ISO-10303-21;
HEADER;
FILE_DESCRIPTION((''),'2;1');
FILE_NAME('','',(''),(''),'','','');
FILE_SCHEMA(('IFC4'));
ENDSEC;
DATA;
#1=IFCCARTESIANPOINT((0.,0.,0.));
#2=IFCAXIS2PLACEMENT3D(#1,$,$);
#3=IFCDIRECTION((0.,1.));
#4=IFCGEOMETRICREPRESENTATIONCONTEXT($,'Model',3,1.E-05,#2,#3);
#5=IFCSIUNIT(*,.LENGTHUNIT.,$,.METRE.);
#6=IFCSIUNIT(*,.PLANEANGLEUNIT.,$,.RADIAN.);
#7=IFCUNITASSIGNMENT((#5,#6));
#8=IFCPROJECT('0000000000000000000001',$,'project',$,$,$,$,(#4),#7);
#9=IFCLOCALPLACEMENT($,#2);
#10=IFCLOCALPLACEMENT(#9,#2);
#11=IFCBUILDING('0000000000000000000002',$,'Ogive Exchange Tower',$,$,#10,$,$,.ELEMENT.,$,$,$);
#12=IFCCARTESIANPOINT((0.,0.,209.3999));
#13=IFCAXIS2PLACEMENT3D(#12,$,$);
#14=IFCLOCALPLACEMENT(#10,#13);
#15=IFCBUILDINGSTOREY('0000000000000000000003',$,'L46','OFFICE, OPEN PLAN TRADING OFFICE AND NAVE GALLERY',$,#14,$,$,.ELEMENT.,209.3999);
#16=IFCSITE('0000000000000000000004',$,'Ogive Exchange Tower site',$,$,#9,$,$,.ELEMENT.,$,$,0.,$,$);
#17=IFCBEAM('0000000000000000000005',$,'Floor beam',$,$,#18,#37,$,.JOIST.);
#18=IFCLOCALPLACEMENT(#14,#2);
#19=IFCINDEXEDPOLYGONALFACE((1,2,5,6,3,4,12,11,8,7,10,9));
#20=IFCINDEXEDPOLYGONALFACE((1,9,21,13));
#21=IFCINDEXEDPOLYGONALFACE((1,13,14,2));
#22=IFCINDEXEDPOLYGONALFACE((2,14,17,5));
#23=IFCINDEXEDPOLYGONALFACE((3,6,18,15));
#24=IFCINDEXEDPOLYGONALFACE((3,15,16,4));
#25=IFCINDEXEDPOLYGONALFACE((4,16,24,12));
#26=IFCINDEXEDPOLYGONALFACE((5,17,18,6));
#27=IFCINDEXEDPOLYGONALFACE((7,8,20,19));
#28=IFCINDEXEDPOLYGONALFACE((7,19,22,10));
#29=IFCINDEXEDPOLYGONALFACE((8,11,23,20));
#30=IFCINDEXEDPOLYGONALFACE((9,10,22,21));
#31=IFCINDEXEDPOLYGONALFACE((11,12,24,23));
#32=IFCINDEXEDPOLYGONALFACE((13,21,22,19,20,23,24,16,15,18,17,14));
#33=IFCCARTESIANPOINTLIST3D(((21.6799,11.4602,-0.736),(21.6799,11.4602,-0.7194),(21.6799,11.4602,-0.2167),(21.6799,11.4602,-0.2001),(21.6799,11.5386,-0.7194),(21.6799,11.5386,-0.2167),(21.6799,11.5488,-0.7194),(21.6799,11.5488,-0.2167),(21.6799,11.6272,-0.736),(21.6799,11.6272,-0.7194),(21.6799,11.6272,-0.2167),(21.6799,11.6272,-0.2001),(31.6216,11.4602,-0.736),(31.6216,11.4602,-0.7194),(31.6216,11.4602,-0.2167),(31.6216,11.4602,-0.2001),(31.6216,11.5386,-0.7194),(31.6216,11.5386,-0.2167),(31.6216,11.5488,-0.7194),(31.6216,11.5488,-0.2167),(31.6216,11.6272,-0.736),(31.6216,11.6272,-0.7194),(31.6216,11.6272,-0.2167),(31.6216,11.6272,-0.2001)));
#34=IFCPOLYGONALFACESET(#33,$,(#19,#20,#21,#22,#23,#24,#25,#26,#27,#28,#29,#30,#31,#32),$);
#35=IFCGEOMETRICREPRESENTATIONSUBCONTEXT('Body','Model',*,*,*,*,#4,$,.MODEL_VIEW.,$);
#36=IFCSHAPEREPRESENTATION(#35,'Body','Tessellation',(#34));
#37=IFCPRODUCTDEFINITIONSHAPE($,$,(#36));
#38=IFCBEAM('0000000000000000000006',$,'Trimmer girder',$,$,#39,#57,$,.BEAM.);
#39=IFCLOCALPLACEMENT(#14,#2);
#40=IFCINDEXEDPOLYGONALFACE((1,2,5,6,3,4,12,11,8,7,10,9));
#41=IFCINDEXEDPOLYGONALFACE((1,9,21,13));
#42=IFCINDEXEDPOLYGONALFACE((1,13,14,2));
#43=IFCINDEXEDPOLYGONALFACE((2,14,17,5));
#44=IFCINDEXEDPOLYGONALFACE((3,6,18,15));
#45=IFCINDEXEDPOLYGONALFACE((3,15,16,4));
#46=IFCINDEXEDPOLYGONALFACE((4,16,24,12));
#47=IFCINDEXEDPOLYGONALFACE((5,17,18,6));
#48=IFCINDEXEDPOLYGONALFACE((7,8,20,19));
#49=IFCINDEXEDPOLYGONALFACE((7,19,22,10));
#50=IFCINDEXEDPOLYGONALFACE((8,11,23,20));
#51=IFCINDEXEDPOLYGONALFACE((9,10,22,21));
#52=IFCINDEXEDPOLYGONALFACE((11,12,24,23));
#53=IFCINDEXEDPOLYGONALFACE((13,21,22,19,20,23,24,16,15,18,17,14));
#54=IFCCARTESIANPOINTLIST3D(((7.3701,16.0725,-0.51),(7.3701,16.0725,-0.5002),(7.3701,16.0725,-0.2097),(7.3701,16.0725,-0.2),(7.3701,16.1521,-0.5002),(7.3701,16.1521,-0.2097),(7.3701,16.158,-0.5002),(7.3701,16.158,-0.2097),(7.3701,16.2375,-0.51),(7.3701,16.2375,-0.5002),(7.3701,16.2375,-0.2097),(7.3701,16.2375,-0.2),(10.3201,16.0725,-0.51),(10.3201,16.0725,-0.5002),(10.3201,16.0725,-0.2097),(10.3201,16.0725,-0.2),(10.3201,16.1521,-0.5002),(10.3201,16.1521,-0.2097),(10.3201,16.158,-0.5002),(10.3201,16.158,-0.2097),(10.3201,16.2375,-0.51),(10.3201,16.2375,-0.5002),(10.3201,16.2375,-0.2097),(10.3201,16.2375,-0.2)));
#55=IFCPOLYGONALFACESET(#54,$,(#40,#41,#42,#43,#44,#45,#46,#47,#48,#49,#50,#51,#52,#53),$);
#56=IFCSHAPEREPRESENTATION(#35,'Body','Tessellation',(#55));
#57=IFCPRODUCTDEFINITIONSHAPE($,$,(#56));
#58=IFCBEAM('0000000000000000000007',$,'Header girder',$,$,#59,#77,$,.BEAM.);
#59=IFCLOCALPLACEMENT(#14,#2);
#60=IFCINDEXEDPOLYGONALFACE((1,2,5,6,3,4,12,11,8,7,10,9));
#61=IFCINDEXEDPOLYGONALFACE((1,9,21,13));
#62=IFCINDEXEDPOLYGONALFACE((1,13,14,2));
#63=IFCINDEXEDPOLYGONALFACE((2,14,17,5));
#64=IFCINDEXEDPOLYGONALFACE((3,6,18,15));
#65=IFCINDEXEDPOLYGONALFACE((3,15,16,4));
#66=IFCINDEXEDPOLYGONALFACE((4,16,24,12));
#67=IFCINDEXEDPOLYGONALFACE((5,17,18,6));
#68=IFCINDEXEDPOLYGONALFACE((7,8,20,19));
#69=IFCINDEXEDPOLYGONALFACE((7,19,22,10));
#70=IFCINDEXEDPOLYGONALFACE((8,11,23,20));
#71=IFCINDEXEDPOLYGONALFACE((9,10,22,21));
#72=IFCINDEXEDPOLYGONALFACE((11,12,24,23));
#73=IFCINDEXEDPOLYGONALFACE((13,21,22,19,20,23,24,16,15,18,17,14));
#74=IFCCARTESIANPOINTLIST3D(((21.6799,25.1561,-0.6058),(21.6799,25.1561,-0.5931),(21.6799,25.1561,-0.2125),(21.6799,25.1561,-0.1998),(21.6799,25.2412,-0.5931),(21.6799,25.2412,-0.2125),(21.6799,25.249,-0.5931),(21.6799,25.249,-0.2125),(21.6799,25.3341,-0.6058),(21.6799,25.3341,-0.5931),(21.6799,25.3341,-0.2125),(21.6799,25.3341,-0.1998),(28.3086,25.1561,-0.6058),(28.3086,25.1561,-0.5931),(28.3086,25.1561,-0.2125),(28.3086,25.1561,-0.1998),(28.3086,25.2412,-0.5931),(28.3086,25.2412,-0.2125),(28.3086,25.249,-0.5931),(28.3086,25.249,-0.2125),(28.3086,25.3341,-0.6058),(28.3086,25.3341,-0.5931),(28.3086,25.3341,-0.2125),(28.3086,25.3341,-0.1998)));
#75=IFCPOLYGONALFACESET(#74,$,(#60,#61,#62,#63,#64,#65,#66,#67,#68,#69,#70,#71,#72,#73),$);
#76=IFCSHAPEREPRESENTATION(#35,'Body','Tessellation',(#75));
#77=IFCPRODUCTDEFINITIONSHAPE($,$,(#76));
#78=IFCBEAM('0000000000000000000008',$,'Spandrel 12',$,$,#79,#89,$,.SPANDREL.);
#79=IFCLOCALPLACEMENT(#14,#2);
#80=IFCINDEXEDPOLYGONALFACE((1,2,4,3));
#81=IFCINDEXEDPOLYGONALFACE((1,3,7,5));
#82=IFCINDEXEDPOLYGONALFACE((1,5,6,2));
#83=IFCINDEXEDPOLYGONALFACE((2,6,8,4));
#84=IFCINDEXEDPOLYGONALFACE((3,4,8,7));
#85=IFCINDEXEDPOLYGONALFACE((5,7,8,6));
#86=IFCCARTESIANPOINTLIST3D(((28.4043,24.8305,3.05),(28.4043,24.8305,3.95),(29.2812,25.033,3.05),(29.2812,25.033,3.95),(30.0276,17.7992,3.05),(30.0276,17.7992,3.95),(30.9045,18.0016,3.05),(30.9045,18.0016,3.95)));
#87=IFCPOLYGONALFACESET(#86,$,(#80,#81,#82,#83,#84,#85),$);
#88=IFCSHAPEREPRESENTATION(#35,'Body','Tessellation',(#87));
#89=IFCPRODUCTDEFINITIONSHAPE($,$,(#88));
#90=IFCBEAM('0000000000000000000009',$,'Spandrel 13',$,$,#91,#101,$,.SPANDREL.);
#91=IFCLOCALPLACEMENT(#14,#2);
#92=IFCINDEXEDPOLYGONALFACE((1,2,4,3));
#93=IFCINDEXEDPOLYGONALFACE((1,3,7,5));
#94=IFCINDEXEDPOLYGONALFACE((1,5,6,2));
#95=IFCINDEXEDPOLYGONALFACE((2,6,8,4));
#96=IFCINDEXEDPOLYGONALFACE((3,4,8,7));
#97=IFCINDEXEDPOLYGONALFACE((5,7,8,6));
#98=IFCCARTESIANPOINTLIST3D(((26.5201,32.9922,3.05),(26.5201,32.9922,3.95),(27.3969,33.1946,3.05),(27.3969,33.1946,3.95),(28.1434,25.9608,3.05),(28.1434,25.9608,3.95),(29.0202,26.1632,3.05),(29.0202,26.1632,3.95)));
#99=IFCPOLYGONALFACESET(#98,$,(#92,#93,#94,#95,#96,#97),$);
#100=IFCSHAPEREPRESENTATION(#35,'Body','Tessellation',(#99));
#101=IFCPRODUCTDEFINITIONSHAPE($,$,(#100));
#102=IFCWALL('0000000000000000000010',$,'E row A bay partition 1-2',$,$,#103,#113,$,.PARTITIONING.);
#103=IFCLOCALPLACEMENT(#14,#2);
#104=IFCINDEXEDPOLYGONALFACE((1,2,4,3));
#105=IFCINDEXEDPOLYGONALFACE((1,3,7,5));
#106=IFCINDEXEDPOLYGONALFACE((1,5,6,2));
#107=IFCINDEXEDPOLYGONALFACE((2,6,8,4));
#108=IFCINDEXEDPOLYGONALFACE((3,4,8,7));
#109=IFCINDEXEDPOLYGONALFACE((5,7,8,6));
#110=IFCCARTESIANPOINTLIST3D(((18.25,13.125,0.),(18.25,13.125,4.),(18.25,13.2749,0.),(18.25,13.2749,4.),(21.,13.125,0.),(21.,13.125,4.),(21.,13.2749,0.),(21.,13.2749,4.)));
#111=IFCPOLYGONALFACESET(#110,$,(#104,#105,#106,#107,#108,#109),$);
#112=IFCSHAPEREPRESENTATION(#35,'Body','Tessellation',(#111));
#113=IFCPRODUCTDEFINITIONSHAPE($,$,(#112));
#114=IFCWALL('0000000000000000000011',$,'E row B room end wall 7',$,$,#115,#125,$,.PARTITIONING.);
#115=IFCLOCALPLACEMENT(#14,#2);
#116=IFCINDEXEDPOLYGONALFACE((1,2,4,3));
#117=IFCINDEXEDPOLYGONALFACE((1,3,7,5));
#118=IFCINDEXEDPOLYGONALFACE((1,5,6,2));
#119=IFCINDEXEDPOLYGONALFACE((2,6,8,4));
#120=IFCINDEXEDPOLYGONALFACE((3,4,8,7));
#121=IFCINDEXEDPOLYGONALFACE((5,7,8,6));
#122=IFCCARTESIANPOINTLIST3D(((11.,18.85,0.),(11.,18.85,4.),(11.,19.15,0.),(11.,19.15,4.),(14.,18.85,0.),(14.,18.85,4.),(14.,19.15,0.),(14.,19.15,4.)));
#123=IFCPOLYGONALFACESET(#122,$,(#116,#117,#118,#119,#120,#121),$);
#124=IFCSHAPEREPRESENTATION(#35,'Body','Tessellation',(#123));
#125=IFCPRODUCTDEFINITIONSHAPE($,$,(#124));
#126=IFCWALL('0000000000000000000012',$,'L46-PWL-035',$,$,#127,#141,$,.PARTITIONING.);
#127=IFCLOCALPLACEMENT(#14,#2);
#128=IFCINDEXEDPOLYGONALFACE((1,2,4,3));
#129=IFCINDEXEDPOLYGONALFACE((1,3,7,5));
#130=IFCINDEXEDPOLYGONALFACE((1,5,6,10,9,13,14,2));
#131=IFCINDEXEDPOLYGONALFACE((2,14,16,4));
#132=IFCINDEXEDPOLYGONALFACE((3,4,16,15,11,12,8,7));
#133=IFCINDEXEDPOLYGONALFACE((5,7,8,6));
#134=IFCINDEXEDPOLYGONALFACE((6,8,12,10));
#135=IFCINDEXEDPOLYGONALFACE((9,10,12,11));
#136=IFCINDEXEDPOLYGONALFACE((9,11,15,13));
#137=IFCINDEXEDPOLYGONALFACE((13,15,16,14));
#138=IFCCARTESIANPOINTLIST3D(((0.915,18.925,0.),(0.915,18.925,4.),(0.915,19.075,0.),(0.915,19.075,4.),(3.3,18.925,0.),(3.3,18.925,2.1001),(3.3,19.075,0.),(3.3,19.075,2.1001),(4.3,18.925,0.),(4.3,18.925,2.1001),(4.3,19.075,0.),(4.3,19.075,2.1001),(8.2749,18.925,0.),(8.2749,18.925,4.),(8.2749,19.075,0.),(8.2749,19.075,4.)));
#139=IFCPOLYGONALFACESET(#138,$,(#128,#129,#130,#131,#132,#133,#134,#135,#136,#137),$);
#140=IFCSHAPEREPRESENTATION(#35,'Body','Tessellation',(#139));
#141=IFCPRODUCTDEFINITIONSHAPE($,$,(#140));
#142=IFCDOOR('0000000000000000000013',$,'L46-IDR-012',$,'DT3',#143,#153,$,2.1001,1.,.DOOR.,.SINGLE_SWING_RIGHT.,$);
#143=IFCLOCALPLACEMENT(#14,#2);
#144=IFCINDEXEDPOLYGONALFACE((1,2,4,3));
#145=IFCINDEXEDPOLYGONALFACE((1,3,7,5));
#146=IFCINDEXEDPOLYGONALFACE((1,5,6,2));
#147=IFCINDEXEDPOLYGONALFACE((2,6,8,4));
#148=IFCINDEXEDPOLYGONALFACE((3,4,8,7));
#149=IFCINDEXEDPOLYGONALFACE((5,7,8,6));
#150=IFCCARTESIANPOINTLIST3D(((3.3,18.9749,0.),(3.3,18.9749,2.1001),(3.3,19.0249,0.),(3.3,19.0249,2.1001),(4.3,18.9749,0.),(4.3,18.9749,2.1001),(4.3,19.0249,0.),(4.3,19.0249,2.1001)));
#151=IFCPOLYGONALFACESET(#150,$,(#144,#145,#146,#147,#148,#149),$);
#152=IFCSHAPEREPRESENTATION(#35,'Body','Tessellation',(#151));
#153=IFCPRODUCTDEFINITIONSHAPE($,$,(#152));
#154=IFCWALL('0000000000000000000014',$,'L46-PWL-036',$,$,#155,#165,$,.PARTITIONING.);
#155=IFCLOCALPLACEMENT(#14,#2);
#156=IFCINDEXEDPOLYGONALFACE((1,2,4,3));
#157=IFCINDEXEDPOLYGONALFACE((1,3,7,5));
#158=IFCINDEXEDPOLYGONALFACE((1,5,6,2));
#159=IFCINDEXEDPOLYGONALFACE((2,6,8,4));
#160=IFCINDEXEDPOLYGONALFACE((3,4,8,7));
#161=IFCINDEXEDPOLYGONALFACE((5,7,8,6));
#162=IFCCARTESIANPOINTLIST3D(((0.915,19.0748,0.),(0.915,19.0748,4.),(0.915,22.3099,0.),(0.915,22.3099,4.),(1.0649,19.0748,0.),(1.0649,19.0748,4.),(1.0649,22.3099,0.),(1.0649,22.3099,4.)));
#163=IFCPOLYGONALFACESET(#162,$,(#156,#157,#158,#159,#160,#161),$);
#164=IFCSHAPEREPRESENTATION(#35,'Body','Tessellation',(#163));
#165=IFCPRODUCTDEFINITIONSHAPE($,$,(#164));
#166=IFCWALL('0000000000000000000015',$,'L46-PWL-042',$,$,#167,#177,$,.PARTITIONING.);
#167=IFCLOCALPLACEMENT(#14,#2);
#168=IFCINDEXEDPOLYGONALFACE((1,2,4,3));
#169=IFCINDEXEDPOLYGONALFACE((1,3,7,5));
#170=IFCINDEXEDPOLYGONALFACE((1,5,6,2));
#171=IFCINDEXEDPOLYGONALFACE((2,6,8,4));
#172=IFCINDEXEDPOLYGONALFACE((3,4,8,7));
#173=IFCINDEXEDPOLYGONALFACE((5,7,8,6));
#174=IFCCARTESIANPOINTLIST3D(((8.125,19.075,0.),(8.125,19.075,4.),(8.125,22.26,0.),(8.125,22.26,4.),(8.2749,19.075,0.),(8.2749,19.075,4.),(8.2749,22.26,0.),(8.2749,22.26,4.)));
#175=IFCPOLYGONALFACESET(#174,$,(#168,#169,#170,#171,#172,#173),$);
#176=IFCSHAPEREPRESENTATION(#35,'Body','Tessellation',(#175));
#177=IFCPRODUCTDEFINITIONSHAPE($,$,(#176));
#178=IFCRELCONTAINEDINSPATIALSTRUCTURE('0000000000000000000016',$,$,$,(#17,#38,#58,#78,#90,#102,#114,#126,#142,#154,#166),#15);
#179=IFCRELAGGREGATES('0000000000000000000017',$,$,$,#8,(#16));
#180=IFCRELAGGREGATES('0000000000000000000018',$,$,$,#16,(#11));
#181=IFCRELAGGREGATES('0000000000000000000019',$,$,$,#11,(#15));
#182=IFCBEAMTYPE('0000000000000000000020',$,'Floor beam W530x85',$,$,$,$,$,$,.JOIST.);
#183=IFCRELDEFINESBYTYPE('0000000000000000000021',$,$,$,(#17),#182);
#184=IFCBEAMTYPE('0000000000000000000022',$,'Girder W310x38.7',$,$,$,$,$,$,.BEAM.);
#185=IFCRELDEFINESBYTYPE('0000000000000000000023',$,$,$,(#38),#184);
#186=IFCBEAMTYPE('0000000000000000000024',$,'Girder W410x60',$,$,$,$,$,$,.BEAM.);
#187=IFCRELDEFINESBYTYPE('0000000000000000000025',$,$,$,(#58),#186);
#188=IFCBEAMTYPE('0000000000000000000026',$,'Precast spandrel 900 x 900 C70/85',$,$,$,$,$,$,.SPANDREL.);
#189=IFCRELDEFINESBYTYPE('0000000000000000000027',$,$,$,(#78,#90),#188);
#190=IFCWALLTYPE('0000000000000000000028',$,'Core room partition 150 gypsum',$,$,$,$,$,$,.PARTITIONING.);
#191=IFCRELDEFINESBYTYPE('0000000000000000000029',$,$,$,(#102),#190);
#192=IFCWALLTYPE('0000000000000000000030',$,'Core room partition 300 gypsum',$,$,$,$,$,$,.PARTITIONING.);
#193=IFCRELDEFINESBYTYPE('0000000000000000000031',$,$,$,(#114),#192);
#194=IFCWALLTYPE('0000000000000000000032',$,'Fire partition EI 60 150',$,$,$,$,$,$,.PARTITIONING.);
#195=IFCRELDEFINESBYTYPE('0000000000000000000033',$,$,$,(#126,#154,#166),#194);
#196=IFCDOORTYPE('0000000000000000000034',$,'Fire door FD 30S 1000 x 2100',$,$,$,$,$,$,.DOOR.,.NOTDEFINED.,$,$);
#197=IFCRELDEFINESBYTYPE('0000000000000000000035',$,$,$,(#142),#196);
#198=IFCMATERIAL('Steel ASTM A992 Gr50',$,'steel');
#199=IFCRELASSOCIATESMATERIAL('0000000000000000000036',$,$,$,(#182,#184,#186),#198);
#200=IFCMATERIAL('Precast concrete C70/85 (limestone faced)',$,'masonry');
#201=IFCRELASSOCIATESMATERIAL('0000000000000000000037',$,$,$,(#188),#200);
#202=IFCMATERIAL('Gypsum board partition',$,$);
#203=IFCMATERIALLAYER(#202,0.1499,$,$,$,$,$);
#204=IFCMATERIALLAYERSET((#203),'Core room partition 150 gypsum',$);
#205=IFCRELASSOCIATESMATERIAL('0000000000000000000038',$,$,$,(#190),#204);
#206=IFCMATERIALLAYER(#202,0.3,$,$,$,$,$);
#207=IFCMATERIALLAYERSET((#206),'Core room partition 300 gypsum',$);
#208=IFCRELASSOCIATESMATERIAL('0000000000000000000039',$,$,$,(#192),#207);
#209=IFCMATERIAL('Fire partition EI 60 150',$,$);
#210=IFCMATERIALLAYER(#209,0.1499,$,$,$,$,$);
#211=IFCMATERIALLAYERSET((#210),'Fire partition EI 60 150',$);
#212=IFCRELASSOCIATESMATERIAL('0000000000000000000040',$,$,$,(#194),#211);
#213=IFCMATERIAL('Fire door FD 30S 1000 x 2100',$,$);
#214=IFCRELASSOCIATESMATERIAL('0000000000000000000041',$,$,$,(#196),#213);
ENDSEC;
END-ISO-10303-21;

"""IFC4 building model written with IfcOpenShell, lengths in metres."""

from ifc_helpers import new_model, si_unit, direction, frame, frame_2d, origin, origin_2d, place, context, subcontext, project, spatial, rectangle, i_section, extrude, material, layer, layer_set, material_profile, profile_set, type_object, element, fill, save


model = new_model("IFC4")

# Units and contexts
model_context = context("Model", 3, precision=1e-05, world=origin(), true_north=direction((0.0, 1.0)))
body_context = subcontext(model_context, "Body", "Model", "MODEL_VIEW")
ifc_project = project(units=[si_unit("LENGTHUNIT", "METRE"), si_unit("PLANEANGLEUNIT", "RADIAN")], contexts=[model_context])

# Site, building, storey
site_placement = place(None, origin())
site = spatial("IfcSite", under=ifc_project, at=site_placement, Name="Ogive Exchange Tower site", CompositionType="ELEMENT", RefElevation=0.0)
building_placement = place(site_placement, origin())
building = spatial("IfcBuilding", under=site, at=building_placement, Name="Ogive Exchange Tower", CompositionType="ELEMENT")
storey_placement = place(building_placement, frame((0.0, 0.0, 209.3999)))
storey = spatial("IfcBuildingStorey", under=building, at=storey_placement, Name="L46", Description="OFFICE, OPEN PLAN TRADING OFFICE AND NAVE GALLERY", CompositionType="ELEMENT", Elevation=209.3999)

# Shared definitions
ifc_material_1 = material(Name="Precast concrete C70/85 (limestone faced)", Category="masonry")

# Beams
ifc_material_2 = material(Name="Steel ASTM A992 Gr50", Category="steel")
ifc_material_profile_1 = material_profile(ifc_material_2, i_section(OverallWidth=0.167, OverallDepth=0.5359, WebThickness=0.0103, FlangeThickness=0.0166, at=origin_2d()), Name="W530x85")
ifc_profile_set_1 = profile_set([ifc_material_profile_1], Name="Steel ASTM A992 Gr50")
beam_type_1 = type_object("IfcBeamType", Name="Floor beam W530x85", PredefinedType="JOIST", material=ifc_profile_set_1)
beam_1_placement = place(storey_placement, frame((21.6799, 11.5437, -0.468), z_axis=(1.0, 0.0, 0.0), x_axis=(0.0, 1.0, 0.0)))
element("IfcBeam", 1, at=beam_1_placement, inside=storey, type_object=beam_type_1, Name="Floor beam", PredefinedType="JOIST", context=body_context, shape_type="SweptSolid", body=[
    extrude(i_section(OverallWidth=0.167, OverallDepth=0.5359, WebThickness=0.0103, FlangeThickness=0.0166, at=origin_2d()), origin(), (0.0, 0.0, 1.0), 9.9417),
])
ifc_material_profile_2 = material_profile(ifc_material_2, i_section(OverallWidth=0.165, OverallDepth=0.3101, WebThickness=0.0059, FlangeThickness=0.0098, at=origin_2d()), Name="W310x38.7")
ifc_profile_set_2 = profile_set([ifc_material_profile_2], Name="Steel ASTM A992 Gr50")
beam_type_2 = type_object("IfcBeamType", Name="Girder W310x38.7", PredefinedType="BEAM", material=ifc_profile_set_2)
beam_2_placement = place(storey_placement, frame((7.3701, 16.155, -0.355), z_axis=(1.0, 0.0, 0.0), x_axis=(0.0, 1.0, 0.0)))
element("IfcBeam", 2, at=beam_2_placement, inside=storey, type_object=beam_type_2, Name="Trimmer girder", PredefinedType="BEAM", context=body_context, shape_type="SweptSolid", body=[
    extrude(i_section(OverallWidth=0.165, OverallDepth=0.3101, WebThickness=0.0059, FlangeThickness=0.0098, at=origin_2d()), origin(), (0.0, 0.0, 1.0), 2.95),
])
ifc_material_profile_3 = material_profile(ifc_material_2, i_section(OverallWidth=0.178, OverallDepth=0.406, WebThickness=0.0078, FlangeThickness=0.0127, at=origin_2d()), Name="W410x60")
ifc_profile_set_3 = profile_set([ifc_material_profile_3], Name="Steel ASTM A992 Gr50")
beam_type_3 = type_object("IfcBeamType", Name="Girder W410x60", PredefinedType="BEAM", material=ifc_profile_set_3)
beam_3_placement = place(storey_placement, frame((21.6799, 25.2451, -0.4028), z_axis=(1.0, 0.0, 0.0), x_axis=(0.0, 1.0, 0.0)))
element("IfcBeam", 3, at=beam_3_placement, inside=storey, type_object=beam_type_3, Name="Header girder", PredefinedType="BEAM", context=body_context, shape_type="SweptSolid", body=[
    extrude(i_section(OverallWidth=0.178, OverallDepth=0.406, WebThickness=0.0078, FlangeThickness=0.0127, at=origin_2d()), origin(), (0.0, 0.0, 1.0), 6.6287),
])
ifc_material_profile_4 = material_profile(ifc_material_1, rectangle(XDim=0.8999, YDim=0.8999, at=origin_2d()), Name="900 x 900")
ifc_profile_set_4 = profile_set([ifc_material_profile_4], Name="Precast concrete C70/85 (limestone faced)")
beam_type_4 = type_object("IfcBeamType", Name="Precast spandrel 900 x 900 C70/85", PredefinedType="SPANDREL", material=ifc_profile_set_4)
for number, where, z_axis, x_axis, name in (
    (4, (30.4661, 17.9004, 3.5), (-0.224951, 0.97437, 0.0), (-0.97437, -0.224951, 0.0), "Spandrel 12"),
    (5, (28.5818, 26.062, 3.5), (-0.224951, 0.97437, 0.0), (-0.97437, -0.224951, 0.0), "Spandrel 13"),
):
    element("IfcBeam", number, at=place(storey_placement, frame(where, z_axis=z_axis, x_axis=x_axis)), inside=storey, type_object=beam_type_4, Name=name, PredefinedType="SPANDREL", context=body_context, shape_type="SweptSolid", body=[
        extrude(rectangle(XDim=0.8999, YDim=0.8999, at=origin_2d()), origin(), (0.0, 0.0, 1.0), 7.2163),
    ])

# Walls
ifc_material_3 = material(Name="Gypsum board partition")
ifc_layer_1 = layer(ifc_material_3, 0.1499)
ifc_layer_set_1 = layer_set([ifc_layer_1], Name="Core room partition 150 gypsum")
wall_type_1 = type_object("IfcWallType", Name="Core room partition 150 gypsum", PredefinedType="PARTITIONING", material=ifc_layer_set_1)
wall_1_placement = place(storey_placement, frame((18.25, 13.2, 0.0), z_axis=(0.0, 0.0, 1.0), x_axis=(1.0, 0.0, 0.0)))
element("IfcWall", 6, at=wall_1_placement, inside=storey, type_object=wall_type_1, Name="E row A bay partition 1-2", PredefinedType="PARTITIONING", context=body_context, shape_type="SweptSolid", body=[
    extrude(rectangle(XDim=2.75, YDim=0.1499, at=frame_2d((1.375, 0.0))), origin(), (0.0, 0.0, 1.0), 4.0),
])
ifc_layer_2 = layer(ifc_material_3, 0.3)
ifc_layer_set_2 = layer_set([ifc_layer_2], Name="Core room partition 300 gypsum")
wall_type_2 = type_object("IfcWallType", Name="Core room partition 300 gypsum", PredefinedType="PARTITIONING", material=ifc_layer_set_2)
wall_2_placement = place(storey_placement, frame((11.0, 19.0, 0.0), z_axis=(0.0, 0.0, 1.0), x_axis=(1.0, 0.0, 0.0)))
element("IfcWall", 7, at=wall_2_placement, inside=storey, type_object=wall_type_2, Name="E row B room end wall 7", PredefinedType="PARTITIONING", context=body_context, shape_type="SweptSolid", body=[
    extrude(rectangle(XDim=3.0, YDim=0.3, at=frame_2d((1.5, 0.0))), origin(), (0.0, 0.0, 1.0), 4.0),
])

# Wall, opening, door
ifc_material_4 = material(Name="Fire partition EI 60 150")
ifc_layer_3 = layer(ifc_material_4, 0.1499)
ifc_layer_set_3 = layer_set([ifc_layer_3], Name="Fire partition EI 60 150")
wall_type_3 = type_object("IfcWallType", Name="Fire partition EI 60 150", PredefinedType="PARTITIONING", material=ifc_layer_set_3)
wall_3_placement = place(storey_placement, frame((0.915, 19.0, 0.0), z_axis=(0.0, 0.0, 1.0), x_axis=(1.0, 0.0, 0.0)))
wall_3 = element("IfcWall", 8, at=wall_3_placement, inside=storey, type_object=wall_type_3, Name="L46-PWL-035", PredefinedType="PARTITIONING", context=body_context, shape_type="SweptSolid", body=[
    extrude(rectangle(XDim=7.3599, YDim=0.1499, at=frame_2d((3.6799, 0.0))), origin(), (0.0, 0.0, 1.0), 4.0),
])
opening_1_placement = place(wall_3_placement, frame((2.385, 0.0, 0.0)))
opening_1 = element("IfcOpeningElement", 9, at=opening_1_placement, cuts=wall_3, PredefinedType="OPENING", context=body_context, shape_type="SweptSolid", body=[
    extrude(rectangle(XDim=1.0, YDim=2.1001, at=frame_2d((0.5, 1.05))), frame((0.0, 0.085, 0.0), z_axis=(0.0, -1.0, 0.0), x_axis=(1.0, 0.0, 0.0)), (0.0, 0.0, 1.0), 0.1699),
])
ifc_material_5 = material(Name="Fire door FD 30S 1000 x 2100")
door_type_1 = type_object("IfcDoorType", Name="Fire door FD 30S 1000 x 2100", OperationType="NOTDEFINED", PredefinedType="DOOR", material=ifc_material_5)
door_1_placement = place(opening_1_placement, origin())
door_1 = element("IfcDoor", 10, at=door_1_placement, inside=storey, type_object=door_type_1, Name="L46-IDR-012", ObjectType="DT3", OperationType="SINGLE_SWING_RIGHT", OverallHeight=2.1001, OverallWidth=1.0, PredefinedType="DOOR", context=body_context, shape_type="SweptSolid", body=[
    extrude(rectangle(XDim=1.0, YDim=2.1001, at=frame_2d((0.5, 1.05))), frame((0.0, 0.0249, 0.0), z_axis=(0.0, -1.0, 0.0), x_axis=(1.0, 0.0, 0.0)), (0.0, 0.0, 1.0), 0.05),
])
fill(opening_1, door_1)

# Walls
wall_4_placement = place(storey_placement, frame((0.99, 22.3101, 0.0), z_axis=(0.0, 0.0, 1.0), x_axis=(0.0, -1.0, 0.0)))
element("IfcWall", 11, at=wall_4_placement, inside=storey, type_object=wall_type_3, Name="L46-PWL-036", PredefinedType="PARTITIONING", context=body_context, shape_type="SweptSolid", body=[
    extrude(rectangle(XDim=3.2351, YDim=0.1499, at=frame_2d((1.6177, 0.0))), origin(), (0.0, 0.0, 1.0), 4.0),
])
wall_5_placement = place(storey_placement, frame((8.2, 19.075, 0.0), z_axis=(0.0, 0.0, 1.0), x_axis=(0.0, 1.0, 0.0)))
element("IfcWall", 12, at=wall_5_placement, inside=storey, type_object=wall_type_3, Name="L46-PWL-042", PredefinedType="PARTITIONING", context=body_context, shape_type="SweptSolid", body=[
    extrude(rectangle(XDim=3.1851, YDim=0.1499, at=frame_2d((1.5925, 0.0))), origin(), (0.0, 0.0, 1.0), 4.0),
])

save(model, "model.ifc")
